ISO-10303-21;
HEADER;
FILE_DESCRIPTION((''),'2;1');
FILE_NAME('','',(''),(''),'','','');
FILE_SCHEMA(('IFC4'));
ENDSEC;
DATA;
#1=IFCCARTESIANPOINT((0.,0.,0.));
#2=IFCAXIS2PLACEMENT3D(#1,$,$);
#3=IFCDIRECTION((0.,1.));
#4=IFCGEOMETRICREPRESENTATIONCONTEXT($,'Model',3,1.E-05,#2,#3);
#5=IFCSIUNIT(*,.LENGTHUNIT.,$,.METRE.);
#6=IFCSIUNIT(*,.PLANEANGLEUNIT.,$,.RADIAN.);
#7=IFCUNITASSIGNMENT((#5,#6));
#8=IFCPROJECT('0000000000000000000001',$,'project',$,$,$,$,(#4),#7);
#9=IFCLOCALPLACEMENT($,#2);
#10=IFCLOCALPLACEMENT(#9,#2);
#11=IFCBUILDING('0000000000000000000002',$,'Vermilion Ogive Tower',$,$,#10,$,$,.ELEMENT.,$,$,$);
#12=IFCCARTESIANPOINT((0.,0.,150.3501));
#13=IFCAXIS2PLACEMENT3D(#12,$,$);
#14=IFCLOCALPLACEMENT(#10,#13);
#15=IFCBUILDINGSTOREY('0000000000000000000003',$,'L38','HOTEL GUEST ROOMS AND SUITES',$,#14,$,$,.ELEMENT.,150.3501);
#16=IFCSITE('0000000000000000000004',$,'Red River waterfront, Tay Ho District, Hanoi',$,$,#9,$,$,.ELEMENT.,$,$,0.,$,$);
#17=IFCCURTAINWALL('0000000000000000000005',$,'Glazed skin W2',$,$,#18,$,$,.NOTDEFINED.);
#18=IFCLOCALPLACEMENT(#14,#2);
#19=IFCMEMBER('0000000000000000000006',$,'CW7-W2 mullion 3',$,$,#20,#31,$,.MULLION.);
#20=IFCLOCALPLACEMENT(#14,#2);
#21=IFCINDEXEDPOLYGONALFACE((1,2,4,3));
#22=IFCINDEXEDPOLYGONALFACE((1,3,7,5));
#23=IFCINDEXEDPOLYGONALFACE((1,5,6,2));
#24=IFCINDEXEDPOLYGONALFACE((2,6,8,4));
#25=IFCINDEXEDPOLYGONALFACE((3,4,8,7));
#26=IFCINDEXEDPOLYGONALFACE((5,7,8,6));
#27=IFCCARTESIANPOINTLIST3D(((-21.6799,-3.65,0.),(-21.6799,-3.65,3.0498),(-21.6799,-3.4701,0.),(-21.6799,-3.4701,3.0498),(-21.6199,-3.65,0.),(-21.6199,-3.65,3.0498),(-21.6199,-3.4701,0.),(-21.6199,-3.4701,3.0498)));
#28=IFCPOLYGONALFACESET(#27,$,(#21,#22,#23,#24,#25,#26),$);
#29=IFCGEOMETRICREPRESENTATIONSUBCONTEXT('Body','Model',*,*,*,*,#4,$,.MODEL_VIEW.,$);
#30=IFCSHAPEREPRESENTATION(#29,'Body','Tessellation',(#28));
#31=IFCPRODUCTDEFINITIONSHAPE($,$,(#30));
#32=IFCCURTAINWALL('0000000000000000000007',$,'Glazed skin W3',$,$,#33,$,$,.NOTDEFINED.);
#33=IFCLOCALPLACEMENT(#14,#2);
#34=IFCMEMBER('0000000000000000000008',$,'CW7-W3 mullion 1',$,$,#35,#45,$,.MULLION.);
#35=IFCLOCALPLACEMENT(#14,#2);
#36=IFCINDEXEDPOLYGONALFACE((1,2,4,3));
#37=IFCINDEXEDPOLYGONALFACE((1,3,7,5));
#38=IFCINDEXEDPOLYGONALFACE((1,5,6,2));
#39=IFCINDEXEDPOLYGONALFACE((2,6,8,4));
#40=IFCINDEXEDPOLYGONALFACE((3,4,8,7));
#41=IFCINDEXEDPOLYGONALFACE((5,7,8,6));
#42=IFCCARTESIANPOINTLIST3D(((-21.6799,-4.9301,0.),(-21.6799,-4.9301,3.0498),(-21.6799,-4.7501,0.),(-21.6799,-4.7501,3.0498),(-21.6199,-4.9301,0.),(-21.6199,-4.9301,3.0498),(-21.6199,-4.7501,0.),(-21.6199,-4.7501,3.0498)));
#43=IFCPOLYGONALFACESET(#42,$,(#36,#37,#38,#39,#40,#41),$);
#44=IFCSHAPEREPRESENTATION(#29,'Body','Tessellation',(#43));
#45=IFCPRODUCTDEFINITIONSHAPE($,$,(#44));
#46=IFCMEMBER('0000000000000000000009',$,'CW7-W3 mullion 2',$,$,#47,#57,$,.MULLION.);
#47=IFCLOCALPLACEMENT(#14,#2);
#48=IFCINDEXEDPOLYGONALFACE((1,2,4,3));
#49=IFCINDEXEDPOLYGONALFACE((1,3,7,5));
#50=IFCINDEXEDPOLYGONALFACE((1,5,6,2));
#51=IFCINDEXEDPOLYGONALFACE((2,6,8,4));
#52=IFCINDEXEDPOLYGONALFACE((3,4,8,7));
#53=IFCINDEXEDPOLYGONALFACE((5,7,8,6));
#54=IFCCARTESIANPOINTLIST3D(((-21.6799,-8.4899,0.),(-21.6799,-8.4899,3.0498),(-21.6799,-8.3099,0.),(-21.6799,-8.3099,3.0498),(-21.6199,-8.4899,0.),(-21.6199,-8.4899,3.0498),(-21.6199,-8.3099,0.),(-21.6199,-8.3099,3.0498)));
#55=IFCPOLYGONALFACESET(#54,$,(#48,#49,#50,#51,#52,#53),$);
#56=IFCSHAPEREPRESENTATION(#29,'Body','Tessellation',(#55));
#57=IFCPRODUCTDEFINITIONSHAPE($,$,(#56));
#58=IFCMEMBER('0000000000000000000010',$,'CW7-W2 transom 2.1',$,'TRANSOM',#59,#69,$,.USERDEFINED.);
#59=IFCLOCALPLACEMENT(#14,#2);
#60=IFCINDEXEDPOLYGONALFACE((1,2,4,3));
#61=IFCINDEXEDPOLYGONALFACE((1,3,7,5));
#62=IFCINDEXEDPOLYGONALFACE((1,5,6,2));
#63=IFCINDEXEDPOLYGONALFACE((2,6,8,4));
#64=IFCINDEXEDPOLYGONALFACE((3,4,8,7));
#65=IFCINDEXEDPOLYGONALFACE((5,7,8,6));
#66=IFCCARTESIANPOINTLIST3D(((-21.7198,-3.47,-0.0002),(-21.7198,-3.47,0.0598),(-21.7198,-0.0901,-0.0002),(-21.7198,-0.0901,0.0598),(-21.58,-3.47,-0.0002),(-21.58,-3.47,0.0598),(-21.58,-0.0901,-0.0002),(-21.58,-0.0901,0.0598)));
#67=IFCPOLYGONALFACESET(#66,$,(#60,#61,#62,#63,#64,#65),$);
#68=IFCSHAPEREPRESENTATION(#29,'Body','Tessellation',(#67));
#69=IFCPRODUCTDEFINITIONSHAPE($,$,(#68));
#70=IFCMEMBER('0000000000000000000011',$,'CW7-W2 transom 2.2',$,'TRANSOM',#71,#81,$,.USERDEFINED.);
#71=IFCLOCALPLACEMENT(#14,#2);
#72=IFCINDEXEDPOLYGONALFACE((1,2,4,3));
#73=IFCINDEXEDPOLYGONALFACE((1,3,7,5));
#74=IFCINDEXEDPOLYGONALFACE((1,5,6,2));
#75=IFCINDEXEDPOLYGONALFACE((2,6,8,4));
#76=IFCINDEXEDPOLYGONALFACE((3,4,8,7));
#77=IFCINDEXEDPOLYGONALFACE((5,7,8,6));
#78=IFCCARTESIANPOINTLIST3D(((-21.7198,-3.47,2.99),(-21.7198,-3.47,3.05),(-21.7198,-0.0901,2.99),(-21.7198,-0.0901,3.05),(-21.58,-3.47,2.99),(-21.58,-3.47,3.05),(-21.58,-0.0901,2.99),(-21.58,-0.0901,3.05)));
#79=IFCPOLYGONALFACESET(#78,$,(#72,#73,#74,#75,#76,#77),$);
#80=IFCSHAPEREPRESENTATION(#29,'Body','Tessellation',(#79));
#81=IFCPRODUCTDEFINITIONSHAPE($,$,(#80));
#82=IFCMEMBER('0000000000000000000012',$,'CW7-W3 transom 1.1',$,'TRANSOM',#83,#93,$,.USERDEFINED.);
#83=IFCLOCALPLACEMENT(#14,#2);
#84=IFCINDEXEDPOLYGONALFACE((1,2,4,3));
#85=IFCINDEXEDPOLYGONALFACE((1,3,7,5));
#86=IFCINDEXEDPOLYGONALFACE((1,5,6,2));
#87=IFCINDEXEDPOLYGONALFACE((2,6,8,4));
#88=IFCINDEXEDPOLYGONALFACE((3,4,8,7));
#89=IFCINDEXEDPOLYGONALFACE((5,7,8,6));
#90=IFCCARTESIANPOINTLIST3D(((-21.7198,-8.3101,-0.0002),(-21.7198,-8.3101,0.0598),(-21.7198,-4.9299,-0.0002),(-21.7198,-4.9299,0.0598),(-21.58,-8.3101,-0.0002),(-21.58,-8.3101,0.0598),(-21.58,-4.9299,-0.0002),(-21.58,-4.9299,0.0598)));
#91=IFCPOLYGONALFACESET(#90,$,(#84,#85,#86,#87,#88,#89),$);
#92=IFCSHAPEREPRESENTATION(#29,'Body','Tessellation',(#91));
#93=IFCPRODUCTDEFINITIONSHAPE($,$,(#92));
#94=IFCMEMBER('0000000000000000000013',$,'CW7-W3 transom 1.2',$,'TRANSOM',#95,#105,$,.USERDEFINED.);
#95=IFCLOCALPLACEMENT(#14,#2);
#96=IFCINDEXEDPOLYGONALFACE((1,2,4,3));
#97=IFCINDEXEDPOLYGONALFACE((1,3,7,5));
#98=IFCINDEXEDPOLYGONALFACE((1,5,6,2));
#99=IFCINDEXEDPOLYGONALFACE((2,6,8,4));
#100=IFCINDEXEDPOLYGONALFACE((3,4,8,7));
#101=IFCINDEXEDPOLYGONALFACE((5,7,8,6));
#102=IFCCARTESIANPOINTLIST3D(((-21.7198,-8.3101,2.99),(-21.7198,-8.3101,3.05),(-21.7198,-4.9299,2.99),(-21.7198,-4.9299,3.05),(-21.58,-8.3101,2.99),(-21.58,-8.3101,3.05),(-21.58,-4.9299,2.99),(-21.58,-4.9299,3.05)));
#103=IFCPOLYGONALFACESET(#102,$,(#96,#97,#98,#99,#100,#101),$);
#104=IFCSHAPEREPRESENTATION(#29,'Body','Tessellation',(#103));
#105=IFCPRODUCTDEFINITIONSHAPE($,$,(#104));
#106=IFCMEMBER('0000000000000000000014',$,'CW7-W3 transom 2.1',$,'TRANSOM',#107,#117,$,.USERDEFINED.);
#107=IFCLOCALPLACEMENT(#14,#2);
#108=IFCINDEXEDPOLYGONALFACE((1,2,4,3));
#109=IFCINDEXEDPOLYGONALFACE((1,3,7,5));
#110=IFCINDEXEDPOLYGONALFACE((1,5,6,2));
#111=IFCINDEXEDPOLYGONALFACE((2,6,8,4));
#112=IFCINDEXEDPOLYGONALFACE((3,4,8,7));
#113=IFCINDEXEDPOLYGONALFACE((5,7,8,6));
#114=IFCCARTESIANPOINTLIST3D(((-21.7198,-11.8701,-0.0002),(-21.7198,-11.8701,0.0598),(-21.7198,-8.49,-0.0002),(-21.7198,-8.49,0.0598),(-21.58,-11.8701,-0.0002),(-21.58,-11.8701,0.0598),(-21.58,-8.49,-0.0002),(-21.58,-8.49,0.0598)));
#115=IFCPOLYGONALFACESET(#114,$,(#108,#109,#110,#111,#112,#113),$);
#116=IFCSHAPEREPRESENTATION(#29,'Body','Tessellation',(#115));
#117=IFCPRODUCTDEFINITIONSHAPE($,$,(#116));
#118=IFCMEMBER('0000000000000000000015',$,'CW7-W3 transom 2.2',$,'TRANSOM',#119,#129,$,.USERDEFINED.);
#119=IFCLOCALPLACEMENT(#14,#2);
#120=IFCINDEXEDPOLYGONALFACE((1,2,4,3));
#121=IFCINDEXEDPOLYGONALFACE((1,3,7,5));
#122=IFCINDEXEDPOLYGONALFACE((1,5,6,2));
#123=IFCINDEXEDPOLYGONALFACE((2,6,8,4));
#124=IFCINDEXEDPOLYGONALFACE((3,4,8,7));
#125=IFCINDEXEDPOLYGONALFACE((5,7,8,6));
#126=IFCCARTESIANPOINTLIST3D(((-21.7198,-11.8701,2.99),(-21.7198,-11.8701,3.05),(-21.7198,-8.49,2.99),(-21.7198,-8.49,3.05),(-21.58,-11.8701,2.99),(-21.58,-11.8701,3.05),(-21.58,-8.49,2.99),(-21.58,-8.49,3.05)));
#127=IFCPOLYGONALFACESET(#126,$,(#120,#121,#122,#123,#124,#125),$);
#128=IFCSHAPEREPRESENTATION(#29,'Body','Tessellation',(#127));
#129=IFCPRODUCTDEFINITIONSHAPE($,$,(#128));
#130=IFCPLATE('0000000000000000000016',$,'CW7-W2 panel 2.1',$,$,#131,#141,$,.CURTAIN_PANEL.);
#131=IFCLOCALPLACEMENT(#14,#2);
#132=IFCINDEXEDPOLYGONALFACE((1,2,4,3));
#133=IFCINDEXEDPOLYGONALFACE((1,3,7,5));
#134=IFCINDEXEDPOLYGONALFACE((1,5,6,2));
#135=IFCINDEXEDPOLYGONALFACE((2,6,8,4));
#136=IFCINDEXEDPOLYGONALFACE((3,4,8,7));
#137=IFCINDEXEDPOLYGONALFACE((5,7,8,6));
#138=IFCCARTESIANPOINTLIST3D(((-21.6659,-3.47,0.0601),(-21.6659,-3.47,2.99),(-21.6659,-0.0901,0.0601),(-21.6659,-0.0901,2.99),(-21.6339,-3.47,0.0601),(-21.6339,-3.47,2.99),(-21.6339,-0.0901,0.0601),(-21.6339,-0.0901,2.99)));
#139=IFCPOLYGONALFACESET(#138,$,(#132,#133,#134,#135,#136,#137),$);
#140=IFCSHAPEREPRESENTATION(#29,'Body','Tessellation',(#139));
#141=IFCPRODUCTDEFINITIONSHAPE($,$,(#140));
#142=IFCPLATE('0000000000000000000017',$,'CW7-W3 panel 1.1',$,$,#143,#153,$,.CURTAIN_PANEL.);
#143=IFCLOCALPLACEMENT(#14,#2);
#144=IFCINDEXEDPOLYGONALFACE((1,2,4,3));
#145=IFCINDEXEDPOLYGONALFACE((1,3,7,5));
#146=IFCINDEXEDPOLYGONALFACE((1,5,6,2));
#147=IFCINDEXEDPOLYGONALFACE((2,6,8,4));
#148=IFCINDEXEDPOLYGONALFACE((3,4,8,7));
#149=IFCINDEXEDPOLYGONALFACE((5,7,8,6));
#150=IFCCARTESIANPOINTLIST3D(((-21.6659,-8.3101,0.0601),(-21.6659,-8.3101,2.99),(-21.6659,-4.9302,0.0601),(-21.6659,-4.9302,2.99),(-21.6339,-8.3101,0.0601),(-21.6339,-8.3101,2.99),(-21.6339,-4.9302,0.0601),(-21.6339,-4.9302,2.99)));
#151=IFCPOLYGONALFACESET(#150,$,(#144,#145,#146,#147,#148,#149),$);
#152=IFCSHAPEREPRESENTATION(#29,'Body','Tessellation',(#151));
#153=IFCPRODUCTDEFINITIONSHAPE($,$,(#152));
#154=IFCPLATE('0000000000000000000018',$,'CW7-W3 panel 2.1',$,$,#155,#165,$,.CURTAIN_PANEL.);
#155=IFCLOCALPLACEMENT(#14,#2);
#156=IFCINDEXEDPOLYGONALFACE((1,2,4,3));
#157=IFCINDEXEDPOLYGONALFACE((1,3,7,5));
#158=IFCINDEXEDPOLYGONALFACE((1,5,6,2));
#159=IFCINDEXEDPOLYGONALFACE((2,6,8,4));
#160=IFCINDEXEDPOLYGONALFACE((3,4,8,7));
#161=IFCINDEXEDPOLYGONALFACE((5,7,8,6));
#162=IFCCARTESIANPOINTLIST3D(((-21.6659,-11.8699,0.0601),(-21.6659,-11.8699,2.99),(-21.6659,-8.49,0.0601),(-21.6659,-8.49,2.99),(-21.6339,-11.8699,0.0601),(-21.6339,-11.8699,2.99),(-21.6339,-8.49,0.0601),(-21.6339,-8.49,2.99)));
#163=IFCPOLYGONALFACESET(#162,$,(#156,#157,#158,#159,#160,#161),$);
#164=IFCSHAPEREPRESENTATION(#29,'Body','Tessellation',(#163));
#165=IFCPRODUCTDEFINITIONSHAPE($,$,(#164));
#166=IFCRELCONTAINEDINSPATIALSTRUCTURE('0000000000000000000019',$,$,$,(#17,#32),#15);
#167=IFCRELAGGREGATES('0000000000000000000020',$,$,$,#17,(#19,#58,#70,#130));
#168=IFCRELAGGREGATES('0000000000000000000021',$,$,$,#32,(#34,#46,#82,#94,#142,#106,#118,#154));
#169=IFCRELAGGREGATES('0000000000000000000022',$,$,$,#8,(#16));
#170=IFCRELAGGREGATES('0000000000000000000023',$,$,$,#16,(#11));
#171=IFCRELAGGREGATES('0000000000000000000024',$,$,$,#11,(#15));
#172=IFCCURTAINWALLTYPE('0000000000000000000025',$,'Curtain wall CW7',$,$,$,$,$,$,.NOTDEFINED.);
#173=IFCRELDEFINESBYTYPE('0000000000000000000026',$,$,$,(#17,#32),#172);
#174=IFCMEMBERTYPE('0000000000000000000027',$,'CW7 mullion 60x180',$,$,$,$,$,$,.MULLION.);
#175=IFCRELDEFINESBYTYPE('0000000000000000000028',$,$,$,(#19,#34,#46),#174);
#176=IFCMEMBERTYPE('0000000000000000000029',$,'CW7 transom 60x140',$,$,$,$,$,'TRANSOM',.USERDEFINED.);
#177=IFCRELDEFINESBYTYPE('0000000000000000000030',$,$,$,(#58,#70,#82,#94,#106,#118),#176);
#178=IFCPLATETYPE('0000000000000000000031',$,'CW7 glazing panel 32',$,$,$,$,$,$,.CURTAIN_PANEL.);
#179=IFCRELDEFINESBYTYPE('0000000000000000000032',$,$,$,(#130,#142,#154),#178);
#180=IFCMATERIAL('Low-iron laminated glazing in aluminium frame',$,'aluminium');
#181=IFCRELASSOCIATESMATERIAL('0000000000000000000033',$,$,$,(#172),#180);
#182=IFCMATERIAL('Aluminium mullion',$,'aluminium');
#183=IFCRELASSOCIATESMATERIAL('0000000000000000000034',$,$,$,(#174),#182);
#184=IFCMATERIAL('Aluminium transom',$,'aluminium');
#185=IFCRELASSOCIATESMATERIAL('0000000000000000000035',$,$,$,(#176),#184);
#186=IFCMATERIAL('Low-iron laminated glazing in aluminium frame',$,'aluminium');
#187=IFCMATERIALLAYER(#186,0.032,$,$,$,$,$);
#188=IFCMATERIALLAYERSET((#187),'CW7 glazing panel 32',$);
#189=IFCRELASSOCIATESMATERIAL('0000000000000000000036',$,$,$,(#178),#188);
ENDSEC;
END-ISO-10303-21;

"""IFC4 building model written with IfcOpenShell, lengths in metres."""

from ifc_helpers import new_model, si_unit, direction, frame, origin, origin_2d, place, context, subcontext, project, spatial, rectangle, extrude, material, layer, layer_set, material_profile, profile_set, type_object, element, aggregate, save


model = new_model("IFC4")

# Units and contexts
model_context = context("Model", 3, precision=1e-05, world=origin(), true_north=direction((0.0, 1.0)))
body_context = subcontext(model_context, "Body", "Model", "MODEL_VIEW")
ifc_project = project(units=[si_unit("LENGTHUNIT", "METRE"), si_unit("PLANEANGLEUNIT", "RADIAN")], contexts=[model_context])

# Site, building, storey
site_placement = place(None, origin())
site = spatial("IfcSite", under=ifc_project, at=site_placement, Name="Red River waterfront, Tay Ho District, Hanoi", CompositionType="ELEMENT", RefElevation=0.0)
building_placement = place(site_placement, origin())
building = spatial("IfcBuilding", under=site, at=building_placement, Name="Vermilion Ogive Tower", CompositionType="ELEMENT")
storey_placement = place(building_placement, frame((0.0, 0.0, 150.3501)))
storey = spatial("IfcBuildingStorey", under=building, at=storey_placement, Name="L38", Description="HOTEL GUEST ROOMS AND SUITES", CompositionType="ELEMENT", Elevation=150.3501)

# Curtain wall, member
ifc_material_1 = material(Name="Low-iron laminated glazing in aluminium frame", Category="aluminium")
curtain_wall_type = type_object("IfcCurtainWallType", Name="Curtain wall CW7", PredefinedType="NOTDEFINED", material=ifc_material_1)
curtain_wall_1_placement = place(storey_placement, origin())
curtain_wall_1 = element("IfcCurtainWall", 1, at=curtain_wall_1_placement, inside=storey, type_object=curtain_wall_type, Name="Glazed skin W2", PredefinedType="NOTDEFINED")
ifc_material_2 = material(Name="Aluminium mullion", Category="aluminium")
ifc_material_profile_1 = material_profile(ifc_material_2, rectangle(XDim=0.0601, YDim=0.1799, at=origin_2d()), Name="AL 60x180")
ifc_profile_set_1 = profile_set([ifc_material_profile_1], Name="Aluminium mullion")
member_type_1 = type_object("IfcMemberType", Name="CW7 mullion 60x180", PredefinedType="MULLION", material=ifc_profile_set_1)
member_1_placement = place(storey_placement, frame((-21.6499, -3.5601, 0.0), z_axis=(0.0, 0.0, 1.0), x_axis=(1.0, 0.0, 0.0)))
member_1 = element("IfcMember", 2, at=member_1_placement, type_object=member_type_1, Name="CW7-W2 mullion 3", PredefinedType="MULLION", context=body_context, shape_type="SweptSolid", body=[
    extrude(rectangle(XDim=0.0601, YDim=0.1799, at=origin_2d()), origin(), (0.0, 0.0, 1.0), 3.0498),
])

# Curtain wall, members
curtain_wall_2_placement = place(storey_placement, origin())
curtain_wall_2 = element("IfcCurtainWall", 3, at=curtain_wall_2_placement, inside=storey, type_object=curtain_wall_type, Name="Glazed skin W3", PredefinedType="NOTDEFINED")
member_2_placement = place(storey_placement, frame((-21.6499, -4.8401, 0.0), z_axis=(0.0, 0.0, 1.0), x_axis=(1.0, 0.0, 0.0)))
member_2 = element("IfcMember", 4, at=member_2_placement, type_object=member_type_1, Name="CW7-W3 mullion 1", PredefinedType="MULLION", context=body_context, shape_type="SweptSolid", body=[
    extrude(rectangle(XDim=0.0601, YDim=0.1799, at=origin_2d()), origin(), (0.0, 0.0, 1.0), 3.0498),
])
member_3_placement = place(storey_placement, frame((-21.6499, -8.3999, 0.0), z_axis=(0.0, 0.0, 1.0), x_axis=(1.0, 0.0, 0.0)))
member_3 = element("IfcMember", 5, at=member_3_placement, type_object=member_type_1, Name="CW7-W3 mullion 2", PredefinedType="MULLION", context=body_context, shape_type="SweptSolid", body=[
    extrude(rectangle(XDim=0.0601, YDim=0.1799, at=origin_2d()), origin(), (0.0, 0.0, 1.0), 3.0498),
])

# Members
ifc_material_3 = material(Name="Aluminium transom", Category="aluminium")
ifc_material_profile_2 = material_profile(ifc_material_3, rectangle(XDim=0.1399, YDim=0.0601, at=origin_2d()), Name="AL 60x140")
ifc_profile_set_2 = profile_set([ifc_material_profile_2], Name="Aluminium transom")
member_type_2 = type_object("IfcMemberType", Name="CW7 transom 60x140", ElementType="TRANSOM", PredefinedType="USERDEFINED", material=ifc_profile_set_2)
member_4_placement = place(storey_placement, frame((-21.6499, -0.0901, 0.0298), z_axis=(0.0, -1.0, 0.0), x_axis=(1.0, 0.0, 0.0)))
member_4 = element("IfcMember", 6, at=member_4_placement, type_object=member_type_2, Name="CW7-W2 transom 2.1", ObjectType="TRANSOM", PredefinedType="USERDEFINED", context=body_context, shape_type="SweptSolid", body=[
    extrude(rectangle(XDim=0.1399, YDim=0.0601, at=origin_2d()), origin(), (0.0, 0.0, 1.0), 3.3799),
])
member_5_placement = place(storey_placement, frame((-21.6499, -0.0901, 3.02), z_axis=(0.0, -1.0, 0.0), x_axis=(1.0, 0.0, 0.0)))
member_5 = element("IfcMember", 7, at=member_5_placement, type_object=member_type_2, Name="CW7-W2 transom 2.2", ObjectType="TRANSOM", PredefinedType="USERDEFINED", context=body_context, shape_type="SweptSolid", body=[
    extrude(rectangle(XDim=0.1399, YDim=0.0601, at=origin_2d()), origin(), (0.0, 0.0, 1.0), 3.3799),
])
member_6_placement = place(storey_placement, frame((-21.6499, -4.9299, 0.0298), z_axis=(0.0, -1.0, 0.0), x_axis=(1.0, 0.0, 0.0)))
member_6 = element("IfcMember", 8, at=member_6_placement, type_object=member_type_2, Name="CW7-W3 transom 1.1", ObjectType="TRANSOM", PredefinedType="USERDEFINED", context=body_context, shape_type="SweptSolid", body=[
    extrude(rectangle(XDim=0.1399, YDim=0.0601, at=origin_2d()), origin(), (0.0, 0.0, 1.0), 3.3801),
])
member_7_placement = place(storey_placement, frame((-21.6499, -4.9299, 3.02), z_axis=(0.0, -1.0, 0.0), x_axis=(1.0, 0.0, 0.0)))
member_7 = element("IfcMember", 9, at=member_7_placement, type_object=member_type_2, Name="CW7-W3 transom 1.2", ObjectType="TRANSOM", PredefinedType="USERDEFINED", context=body_context, shape_type="SweptSolid", body=[
    extrude(rectangle(XDim=0.1399, YDim=0.0601, at=origin_2d()), origin(), (0.0, 0.0, 1.0), 3.3801),
])
member_8_placement = place(storey_placement, frame((-21.6499, -8.49, 0.0298), z_axis=(0.0, -1.0, 0.0), x_axis=(1.0, 0.0, 0.0)))
member_8 = element("IfcMember", 10, at=member_8_placement, type_object=member_type_2, Name="CW7-W3 transom 2.1", ObjectType="TRANSOM", PredefinedType="USERDEFINED", context=body_context, shape_type="SweptSolid", body=[
    extrude(rectangle(XDim=0.1399, YDim=0.0601, at=origin_2d()), origin(), (0.0, 0.0, 1.0), 3.3801),
])
member_9_placement = place(storey_placement, frame((-21.6499, -8.49, 3.02), z_axis=(0.0, -1.0, 0.0), x_axis=(1.0, 0.0, 0.0)))
member_9 = element("IfcMember", 11, at=member_9_placement, type_object=member_type_2, Name="CW7-W3 transom 2.2", ObjectType="TRANSOM", PredefinedType="USERDEFINED", context=body_context, shape_type="SweptSolid", body=[
    extrude(rectangle(XDim=0.1399, YDim=0.0601, at=origin_2d()), origin(), (0.0, 0.0, 1.0), 3.3801),
])

# Plates
ifc_material_4 = material(Name="Low-iron laminated glazing in aluminium frame", Category="aluminium")
ifc_layer = layer(ifc_material_4, 0.032)
ifc_layer_set = layer_set([ifc_layer], Name="CW7 glazing panel 32")
plate_type = type_object("IfcPlateType", Name="CW7 glazing panel 32", PredefinedType="CURTAIN_PANEL", material=ifc_layer_set)
plate_1_placement = place(storey_placement, frame((-21.6499, -1.78, 0.0601), z_axis=(0.0, 0.0, 1.0), x_axis=(0.0, -1.0, 0.0)))
plate_1 = element("IfcPlate", 12, at=plate_1_placement, type_object=plate_type, Name="CW7-W2 panel 2.1", PredefinedType="CURTAIN_PANEL", context=body_context, shape_type="SweptSolid", body=[
    extrude(rectangle(XDim=3.3799, YDim=0.032, at=origin_2d()), origin(), (0.0, 0.0, 1.0), 2.9299),
])
aggregate(curtain_wall_1, [member_1, member_4, member_5, plate_1])
plate_2_placement = place(storey_placement, frame((-21.6499, -6.6201, 0.0601), z_axis=(0.0, 0.0, 1.0), x_axis=(0.0, -1.0, 0.0)))
plate_2 = element("IfcPlate", 13, at=plate_2_placement, type_object=plate_type, Name="CW7-W3 panel 1.1", PredefinedType="CURTAIN_PANEL", context=body_context, shape_type="SweptSolid", body=[
    extrude(rectangle(XDim=3.3799, YDim=0.032, at=origin_2d()), origin(), (0.0, 0.0, 1.0), 2.9299),
])
plate_3_placement = place(storey_placement, frame((-21.6499, -10.1799, 0.0601), z_axis=(0.0, 0.0, 1.0), x_axis=(0.0, -1.0, 0.0)))
plate_3 = element("IfcPlate", 14, at=plate_3_placement, type_object=plate_type, Name="CW7-W3 panel 2.1", PredefinedType="CURTAIN_PANEL", context=body_context, shape_type="SweptSolid", body=[
    extrude(rectangle(XDim=3.3799, YDim=0.032, at=origin_2d()), origin(), (0.0, 0.0, 1.0), 2.9299),
])
aggregate(curtain_wall_2, [member_2, member_3, member_6, member_7, plate_2, member_8, member_9, plate_3])

save(model, "model.ifc")
